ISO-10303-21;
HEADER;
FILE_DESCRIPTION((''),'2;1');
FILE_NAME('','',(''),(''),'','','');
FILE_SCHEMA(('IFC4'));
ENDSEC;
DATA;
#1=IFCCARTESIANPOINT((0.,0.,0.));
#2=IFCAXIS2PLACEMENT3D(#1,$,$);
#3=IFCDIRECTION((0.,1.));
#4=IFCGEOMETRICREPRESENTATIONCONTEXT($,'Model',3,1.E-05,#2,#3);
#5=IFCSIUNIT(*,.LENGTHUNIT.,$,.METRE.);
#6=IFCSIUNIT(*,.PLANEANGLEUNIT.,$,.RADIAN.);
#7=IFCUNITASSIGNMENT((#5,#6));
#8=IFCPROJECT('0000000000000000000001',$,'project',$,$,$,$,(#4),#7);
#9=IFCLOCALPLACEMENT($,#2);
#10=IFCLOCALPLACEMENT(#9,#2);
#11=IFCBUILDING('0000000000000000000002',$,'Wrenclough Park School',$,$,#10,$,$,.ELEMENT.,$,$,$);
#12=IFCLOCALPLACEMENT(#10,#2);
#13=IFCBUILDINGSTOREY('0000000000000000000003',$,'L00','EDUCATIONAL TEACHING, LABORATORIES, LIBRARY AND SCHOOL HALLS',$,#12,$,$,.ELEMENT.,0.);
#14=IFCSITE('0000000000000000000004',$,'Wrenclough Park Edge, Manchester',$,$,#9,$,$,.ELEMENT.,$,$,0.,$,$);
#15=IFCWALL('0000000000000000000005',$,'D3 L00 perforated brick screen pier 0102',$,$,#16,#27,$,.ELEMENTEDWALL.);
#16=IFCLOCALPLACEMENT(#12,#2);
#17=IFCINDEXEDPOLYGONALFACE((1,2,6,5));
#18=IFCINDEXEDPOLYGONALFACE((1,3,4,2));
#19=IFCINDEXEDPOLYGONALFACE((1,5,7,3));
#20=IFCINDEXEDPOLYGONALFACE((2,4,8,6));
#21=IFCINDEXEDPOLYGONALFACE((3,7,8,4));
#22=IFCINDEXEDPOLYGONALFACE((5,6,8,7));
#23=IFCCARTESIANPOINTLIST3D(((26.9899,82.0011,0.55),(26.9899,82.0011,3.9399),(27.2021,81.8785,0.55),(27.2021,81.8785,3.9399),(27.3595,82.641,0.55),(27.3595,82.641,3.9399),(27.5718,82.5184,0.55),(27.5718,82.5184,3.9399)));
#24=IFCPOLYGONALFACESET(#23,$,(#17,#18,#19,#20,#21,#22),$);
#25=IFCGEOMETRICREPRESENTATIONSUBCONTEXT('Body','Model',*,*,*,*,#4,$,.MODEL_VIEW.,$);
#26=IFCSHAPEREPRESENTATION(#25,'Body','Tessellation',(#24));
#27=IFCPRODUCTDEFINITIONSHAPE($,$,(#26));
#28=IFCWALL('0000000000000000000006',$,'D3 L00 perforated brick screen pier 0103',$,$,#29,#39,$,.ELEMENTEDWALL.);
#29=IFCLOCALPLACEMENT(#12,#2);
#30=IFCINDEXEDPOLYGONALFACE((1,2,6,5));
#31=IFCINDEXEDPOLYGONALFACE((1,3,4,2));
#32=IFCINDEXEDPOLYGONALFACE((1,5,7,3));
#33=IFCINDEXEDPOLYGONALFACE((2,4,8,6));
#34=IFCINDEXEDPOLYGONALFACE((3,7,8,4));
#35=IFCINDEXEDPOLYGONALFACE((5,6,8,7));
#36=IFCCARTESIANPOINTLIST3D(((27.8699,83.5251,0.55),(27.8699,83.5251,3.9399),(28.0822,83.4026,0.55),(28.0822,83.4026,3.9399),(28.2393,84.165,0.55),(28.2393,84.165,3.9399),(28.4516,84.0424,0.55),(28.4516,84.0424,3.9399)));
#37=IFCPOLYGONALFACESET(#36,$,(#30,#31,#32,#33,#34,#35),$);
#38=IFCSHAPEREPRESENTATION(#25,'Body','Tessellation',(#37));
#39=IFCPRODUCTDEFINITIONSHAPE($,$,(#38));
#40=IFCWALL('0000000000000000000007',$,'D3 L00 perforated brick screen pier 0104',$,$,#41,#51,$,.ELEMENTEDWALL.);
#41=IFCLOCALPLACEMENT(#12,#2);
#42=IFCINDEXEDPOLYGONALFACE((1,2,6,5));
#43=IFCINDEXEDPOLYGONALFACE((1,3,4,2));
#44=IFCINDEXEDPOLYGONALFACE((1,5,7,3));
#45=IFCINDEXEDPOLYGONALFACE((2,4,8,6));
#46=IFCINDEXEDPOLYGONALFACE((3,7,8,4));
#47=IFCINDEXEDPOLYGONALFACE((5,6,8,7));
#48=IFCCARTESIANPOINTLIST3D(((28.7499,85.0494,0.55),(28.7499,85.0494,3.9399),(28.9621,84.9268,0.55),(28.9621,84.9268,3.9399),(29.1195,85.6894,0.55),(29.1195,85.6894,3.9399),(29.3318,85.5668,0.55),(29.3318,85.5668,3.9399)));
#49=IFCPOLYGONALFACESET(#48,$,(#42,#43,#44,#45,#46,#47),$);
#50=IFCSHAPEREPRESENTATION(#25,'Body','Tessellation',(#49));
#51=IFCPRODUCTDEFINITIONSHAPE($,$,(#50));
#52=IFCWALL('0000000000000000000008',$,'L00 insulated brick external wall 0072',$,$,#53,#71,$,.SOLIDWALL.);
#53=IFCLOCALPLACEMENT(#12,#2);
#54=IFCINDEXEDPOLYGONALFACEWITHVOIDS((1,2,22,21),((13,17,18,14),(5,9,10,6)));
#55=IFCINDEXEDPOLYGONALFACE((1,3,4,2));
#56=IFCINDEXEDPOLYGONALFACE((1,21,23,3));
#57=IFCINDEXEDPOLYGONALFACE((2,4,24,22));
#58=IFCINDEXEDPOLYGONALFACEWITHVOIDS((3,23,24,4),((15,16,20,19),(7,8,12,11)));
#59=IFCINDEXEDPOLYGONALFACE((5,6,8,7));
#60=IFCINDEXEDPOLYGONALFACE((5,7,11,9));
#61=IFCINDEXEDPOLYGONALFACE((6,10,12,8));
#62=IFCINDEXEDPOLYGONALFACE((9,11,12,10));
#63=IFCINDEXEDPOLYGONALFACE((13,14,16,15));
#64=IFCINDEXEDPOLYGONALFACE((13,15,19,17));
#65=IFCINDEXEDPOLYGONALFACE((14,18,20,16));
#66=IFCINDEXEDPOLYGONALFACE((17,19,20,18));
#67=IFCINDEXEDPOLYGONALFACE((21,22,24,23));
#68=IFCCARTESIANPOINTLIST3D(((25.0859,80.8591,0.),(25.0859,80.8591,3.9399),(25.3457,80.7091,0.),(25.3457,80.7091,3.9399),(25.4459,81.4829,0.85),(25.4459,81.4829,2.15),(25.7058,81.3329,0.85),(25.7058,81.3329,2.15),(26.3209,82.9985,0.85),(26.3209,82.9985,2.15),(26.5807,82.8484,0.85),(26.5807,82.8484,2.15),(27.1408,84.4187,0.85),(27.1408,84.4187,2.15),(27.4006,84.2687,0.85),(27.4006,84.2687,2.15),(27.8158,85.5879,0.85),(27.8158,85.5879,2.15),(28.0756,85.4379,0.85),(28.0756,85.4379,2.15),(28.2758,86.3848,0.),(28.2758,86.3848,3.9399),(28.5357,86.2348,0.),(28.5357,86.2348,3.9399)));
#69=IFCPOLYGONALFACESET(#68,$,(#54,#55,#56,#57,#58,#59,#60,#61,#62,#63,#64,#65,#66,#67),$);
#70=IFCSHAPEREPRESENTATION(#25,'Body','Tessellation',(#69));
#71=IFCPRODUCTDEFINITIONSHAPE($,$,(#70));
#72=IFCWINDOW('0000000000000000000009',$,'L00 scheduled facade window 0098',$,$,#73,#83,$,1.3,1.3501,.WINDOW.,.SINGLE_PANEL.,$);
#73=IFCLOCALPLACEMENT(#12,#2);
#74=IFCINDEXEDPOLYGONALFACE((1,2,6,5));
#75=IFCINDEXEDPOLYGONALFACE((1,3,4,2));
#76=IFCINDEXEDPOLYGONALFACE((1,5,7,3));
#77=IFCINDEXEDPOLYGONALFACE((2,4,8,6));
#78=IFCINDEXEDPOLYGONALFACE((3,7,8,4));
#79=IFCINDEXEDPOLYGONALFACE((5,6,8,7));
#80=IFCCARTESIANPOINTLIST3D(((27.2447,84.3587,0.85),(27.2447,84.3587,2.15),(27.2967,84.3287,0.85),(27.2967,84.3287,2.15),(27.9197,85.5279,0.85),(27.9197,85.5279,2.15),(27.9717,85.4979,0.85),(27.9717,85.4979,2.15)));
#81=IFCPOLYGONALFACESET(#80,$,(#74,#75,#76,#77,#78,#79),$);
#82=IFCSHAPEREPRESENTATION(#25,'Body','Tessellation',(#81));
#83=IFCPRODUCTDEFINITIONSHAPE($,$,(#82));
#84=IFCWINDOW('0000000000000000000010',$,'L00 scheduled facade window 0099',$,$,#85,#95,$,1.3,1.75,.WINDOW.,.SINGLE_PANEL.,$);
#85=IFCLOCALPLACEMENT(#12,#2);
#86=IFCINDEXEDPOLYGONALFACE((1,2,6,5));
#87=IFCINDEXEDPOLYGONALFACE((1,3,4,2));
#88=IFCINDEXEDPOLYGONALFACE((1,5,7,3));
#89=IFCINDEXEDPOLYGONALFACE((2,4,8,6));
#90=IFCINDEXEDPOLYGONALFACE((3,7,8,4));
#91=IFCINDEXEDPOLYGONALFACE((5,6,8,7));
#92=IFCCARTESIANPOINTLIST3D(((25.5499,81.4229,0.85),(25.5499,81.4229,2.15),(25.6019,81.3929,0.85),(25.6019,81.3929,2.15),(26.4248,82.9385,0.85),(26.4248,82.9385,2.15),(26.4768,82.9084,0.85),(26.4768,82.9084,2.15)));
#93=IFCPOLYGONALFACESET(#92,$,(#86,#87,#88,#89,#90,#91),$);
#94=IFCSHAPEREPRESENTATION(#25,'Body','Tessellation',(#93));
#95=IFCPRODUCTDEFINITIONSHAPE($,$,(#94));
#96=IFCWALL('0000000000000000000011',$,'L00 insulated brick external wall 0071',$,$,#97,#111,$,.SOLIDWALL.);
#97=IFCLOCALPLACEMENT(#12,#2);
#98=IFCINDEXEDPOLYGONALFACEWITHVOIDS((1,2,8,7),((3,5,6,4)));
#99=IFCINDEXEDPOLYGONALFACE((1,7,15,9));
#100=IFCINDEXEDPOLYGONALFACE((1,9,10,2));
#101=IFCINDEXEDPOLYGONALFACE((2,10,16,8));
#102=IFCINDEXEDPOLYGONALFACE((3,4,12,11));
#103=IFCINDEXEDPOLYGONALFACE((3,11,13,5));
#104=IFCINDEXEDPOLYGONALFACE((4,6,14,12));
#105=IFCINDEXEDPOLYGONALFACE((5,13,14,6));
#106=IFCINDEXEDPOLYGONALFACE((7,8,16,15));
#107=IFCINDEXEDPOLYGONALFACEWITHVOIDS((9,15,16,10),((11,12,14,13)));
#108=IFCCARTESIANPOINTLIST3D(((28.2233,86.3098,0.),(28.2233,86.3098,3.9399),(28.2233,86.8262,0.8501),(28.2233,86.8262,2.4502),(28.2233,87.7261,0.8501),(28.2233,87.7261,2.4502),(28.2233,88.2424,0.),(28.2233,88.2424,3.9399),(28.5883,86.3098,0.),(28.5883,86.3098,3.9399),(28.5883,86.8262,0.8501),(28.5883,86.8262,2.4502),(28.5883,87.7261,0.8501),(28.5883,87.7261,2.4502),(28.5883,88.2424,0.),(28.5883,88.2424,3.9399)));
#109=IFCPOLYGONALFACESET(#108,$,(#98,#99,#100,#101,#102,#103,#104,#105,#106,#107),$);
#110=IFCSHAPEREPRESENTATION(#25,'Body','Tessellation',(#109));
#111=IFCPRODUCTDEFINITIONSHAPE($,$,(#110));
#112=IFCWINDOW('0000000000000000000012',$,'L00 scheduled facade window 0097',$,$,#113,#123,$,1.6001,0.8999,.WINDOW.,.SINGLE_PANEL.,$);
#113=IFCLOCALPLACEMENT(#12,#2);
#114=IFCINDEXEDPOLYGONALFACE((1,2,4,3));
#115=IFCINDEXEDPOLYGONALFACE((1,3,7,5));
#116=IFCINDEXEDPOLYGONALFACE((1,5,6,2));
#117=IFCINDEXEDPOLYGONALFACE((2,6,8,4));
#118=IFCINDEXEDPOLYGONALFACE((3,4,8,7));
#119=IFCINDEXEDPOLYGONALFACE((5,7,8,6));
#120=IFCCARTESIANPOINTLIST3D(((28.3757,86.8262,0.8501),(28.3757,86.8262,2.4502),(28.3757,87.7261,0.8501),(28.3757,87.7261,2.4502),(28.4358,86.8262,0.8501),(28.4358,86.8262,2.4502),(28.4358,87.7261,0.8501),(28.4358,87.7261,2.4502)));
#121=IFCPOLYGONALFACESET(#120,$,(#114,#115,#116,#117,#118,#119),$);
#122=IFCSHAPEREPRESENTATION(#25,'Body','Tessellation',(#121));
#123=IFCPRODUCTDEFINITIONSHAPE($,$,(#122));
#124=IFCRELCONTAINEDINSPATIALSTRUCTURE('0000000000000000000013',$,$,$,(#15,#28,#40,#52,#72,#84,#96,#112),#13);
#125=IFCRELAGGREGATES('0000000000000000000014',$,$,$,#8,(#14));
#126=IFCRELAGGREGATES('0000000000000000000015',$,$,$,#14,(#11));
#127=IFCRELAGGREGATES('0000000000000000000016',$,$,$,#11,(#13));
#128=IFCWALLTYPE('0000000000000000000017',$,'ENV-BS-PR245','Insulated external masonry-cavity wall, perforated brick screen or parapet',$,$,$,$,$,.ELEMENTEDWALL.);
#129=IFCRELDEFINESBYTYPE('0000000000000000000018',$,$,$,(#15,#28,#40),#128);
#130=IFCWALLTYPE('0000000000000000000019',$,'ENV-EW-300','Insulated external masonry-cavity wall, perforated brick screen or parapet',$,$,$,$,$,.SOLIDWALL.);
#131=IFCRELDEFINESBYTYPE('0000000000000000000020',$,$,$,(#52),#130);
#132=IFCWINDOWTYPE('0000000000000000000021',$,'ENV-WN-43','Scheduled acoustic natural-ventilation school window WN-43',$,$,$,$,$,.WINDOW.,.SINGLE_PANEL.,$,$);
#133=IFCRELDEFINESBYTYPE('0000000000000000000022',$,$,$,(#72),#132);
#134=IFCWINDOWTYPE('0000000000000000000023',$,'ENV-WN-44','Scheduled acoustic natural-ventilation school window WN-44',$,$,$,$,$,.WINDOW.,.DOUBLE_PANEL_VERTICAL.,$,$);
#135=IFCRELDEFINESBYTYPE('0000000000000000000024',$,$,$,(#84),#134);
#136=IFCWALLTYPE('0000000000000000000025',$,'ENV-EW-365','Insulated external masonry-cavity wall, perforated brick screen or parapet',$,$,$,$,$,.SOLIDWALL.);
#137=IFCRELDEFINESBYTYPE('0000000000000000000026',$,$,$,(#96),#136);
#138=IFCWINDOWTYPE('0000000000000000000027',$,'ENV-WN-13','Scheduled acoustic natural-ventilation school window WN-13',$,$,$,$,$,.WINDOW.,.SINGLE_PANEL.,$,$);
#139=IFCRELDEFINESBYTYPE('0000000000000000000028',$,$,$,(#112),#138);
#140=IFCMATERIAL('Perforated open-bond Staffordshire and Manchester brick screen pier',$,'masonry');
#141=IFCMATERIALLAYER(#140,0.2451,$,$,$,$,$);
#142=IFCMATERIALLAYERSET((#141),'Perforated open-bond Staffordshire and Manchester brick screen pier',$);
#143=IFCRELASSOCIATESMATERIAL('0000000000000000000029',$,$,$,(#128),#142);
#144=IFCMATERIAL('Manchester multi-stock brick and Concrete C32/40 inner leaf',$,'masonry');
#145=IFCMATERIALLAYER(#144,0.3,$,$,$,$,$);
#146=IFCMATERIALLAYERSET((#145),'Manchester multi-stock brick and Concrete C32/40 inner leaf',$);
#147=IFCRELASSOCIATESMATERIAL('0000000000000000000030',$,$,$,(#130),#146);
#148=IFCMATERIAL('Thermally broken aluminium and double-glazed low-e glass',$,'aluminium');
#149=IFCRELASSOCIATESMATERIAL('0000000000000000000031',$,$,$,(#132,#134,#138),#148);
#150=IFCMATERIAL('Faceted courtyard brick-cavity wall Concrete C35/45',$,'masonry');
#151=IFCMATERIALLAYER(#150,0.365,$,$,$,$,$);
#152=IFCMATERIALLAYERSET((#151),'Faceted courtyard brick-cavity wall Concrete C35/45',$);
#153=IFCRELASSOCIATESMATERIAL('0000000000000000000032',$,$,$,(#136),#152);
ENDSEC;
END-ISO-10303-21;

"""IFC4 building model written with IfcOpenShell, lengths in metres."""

from ifc_helpers import new_model, si_unit, direction, frame, frame_2d, origin, place, context, subcontext, project, spatial, rectangle, extrude, material, layer, layer_set, type_object, element, fill, save


model = new_model("IFC4")

# Units and contexts
model_context = context("Model", 3, precision=1e-05, world=origin(), true_north=direction((0.0, 1.0)))
body_context = subcontext(model_context, "Body", "Model", "MODEL_VIEW")
ifc_project = project(units=[si_unit("LENGTHUNIT", "METRE"), si_unit("PLANEANGLEUNIT", "RADIAN")], contexts=[model_context])

# Site, building, storey
site_placement = place(None, origin())
site = spatial("IfcSite", under=ifc_project, at=site_placement, Name="Wrenclough Park Edge, Manchester", CompositionType="ELEMENT", RefElevation=0.0)
building_placement = place(site_placement, origin())
building = spatial("IfcBuilding", under=site, at=building_placement, Name="Wrenclough Park School", CompositionType="ELEMENT")
storey_placement = place(building_placement, origin())
storey = spatial("IfcBuildingStorey", under=building, at=storey_placement, Name="L00", Description="EDUCATIONAL TEACHING, LABORATORIES, LIBRARY AND SCHOOL HALLS", CompositionType="ELEMENT", Elevation=0.0)

# Walls
ifc_material_1 = material(Name="Perforated open-bond Staffordshire and Manchester brick screen pier", Category="masonry")
ifc_layer_1 = layer(ifc_material_1, 0.2451)
ifc_layer_set_1 = layer_set([ifc_layer_1], Name="Perforated open-bond Staffordshire and Manchester brick screen pier")
wall_type_1 = type_object("IfcWallType", Name="ENV-BS-PR245", Description="Insulated external masonry-cavity wall, perforated brick screen or parapet", PredefinedType="ELEMENTEDWALL", material=ifc_layer_set_1)
wall_1_placement = place(storey_placement, frame((27.0959, 81.9397, 0.55), z_axis=(0.0, 0.0, 1.0), x_axis=(0.50019, 0.865916, 0.0)))
element("IfcWall", 1, at=wall_1_placement, inside=storey, type_object=wall_type_1, Name="D3 L00 perforated brick screen pier 0102", PredefinedType="ELEMENTEDWALL", context=body_context, shape_type="SweptSolid", body=[
    extrude(rectangle(XDim=0.739, YDim=0.2451, at=frame_2d((0.3696, 0.0))), origin(), (0.0, 0.0, 1.0), 3.3899),
])
wall_2_placement = place(storey_placement, frame((27.9761, 83.4639, 0.55), z_axis=(0.0, 0.0, 1.0), x_axis=(0.499942, 0.866059, 0.0)))
element("IfcWall", 2, at=wall_2_placement, inside=storey, type_object=wall_type_1, Name="D3 L00 perforated brick screen pier 0103", PredefinedType="ELEMENTEDWALL", context=body_context, shape_type="SweptSolid", body=[
    extrude(rectangle(XDim=0.7388, YDim=0.2451, at=frame_2d((0.3694, 0.0))), origin(), (0.0, 0.0, 1.0), 3.3899),
])
wall_3_placement = place(storey_placement, frame((28.856, 84.988, 0.55), z_axis=(0.0, 0.0, 1.0), x_axis=(0.50019, 0.865916, 0.0)))
element("IfcWall", 3, at=wall_3_placement, inside=storey, type_object=wall_type_1, Name="D3 L00 perforated brick screen pier 0104", PredefinedType="ELEMENTEDWALL", context=body_context, shape_type="SweptSolid", body=[
    extrude(rectangle(XDim=0.739, YDim=0.2451, at=frame_2d((0.3696, 0.0))), origin(), (0.0, 0.0, 1.0), 3.3899),
])

# Wall, openings, windows
ifc_material_2 = material(Name="Manchester multi-stock brick and Concrete C32/40 inner leaf", Category="masonry")
ifc_layer_2 = layer(ifc_material_2, 0.3)
ifc_layer_set_2 = layer_set([ifc_layer_2], Name="Manchester multi-stock brick and Concrete C32/40 inner leaf")
wall_type_2 = type_object("IfcWallType", Name="ENV-EW-300", Description="Insulated external masonry-cavity wall, perforated brick screen or parapet", PredefinedType="SOLIDWALL", material=ifc_layer_set_2)
wall_4_placement = place(storey_placement, frame((28.4058, 86.3098, 0.0), z_axis=(0.0, 0.0, 1.0), x_axis=(-0.499966, -0.866045, 0.0)))
wall_4 = element("IfcWall", 4, at=wall_4_placement, inside=storey, type_object=wall_type_2, Name="L00 insulated brick external wall 0072", PredefinedType="SOLIDWALL", context=body_context, shape_type="SweptSolid", body=[
    extrude(rectangle(XDim=6.3804, YDim=0.3, at=frame_2d((3.1902, 0.0))), origin(), (0.0, 0.0, 1.0), 3.9399),
])
opening_1_placement = place(wall_4_placement, frame((0.9202, 0.0, 0.8501)))
opening_1 = element("IfcOpeningElement", 5, at=opening_1_placement, cuts=wall_4, PredefinedType="OPENING", context=body_context, shape_type="SweptSolid", body=[
    extrude(rectangle(XDim=1.3501, YDim=1.3, at=frame_2d((0.675, 0.6499))), frame((0.0, 0.1599, 0.0), z_axis=(0.0, -1.0, 0.0), x_axis=(1.0, 0.0, 0.0)), (0.0, 0.0, 1.0), 0.3201),
])
opening_2_placement = place(wall_4_placement, frame((3.9102, 0.0, 0.8501)))
opening_2 = element("IfcOpeningElement", 6, at=opening_2_placement, cuts=wall_4, PredefinedType="OPENING", context=body_context, shape_type="SweptSolid", body=[
    extrude(rectangle(XDim=1.75, YDim=1.3, at=frame_2d((0.875, 0.6499))), frame((0.0, 0.1599, 0.0), z_axis=(0.0, -1.0, 0.0), x_axis=(1.0, 0.0, 0.0)), (0.0, 0.0, 1.0), 0.3201),
])
ifc_material_3 = material(Name="Thermally broken aluminium and double-glazed low-e glass", Category="aluminium")
window_type_1 = type_object("IfcWindowType", Name="ENV-WN-43", Description="Scheduled acoustic natural-ventilation school window WN-43", PartitioningType="SINGLE_PANEL", PredefinedType="WINDOW", material=ifc_material_3)
window_1_placement = place(opening_1_placement, origin())
window_1 = element("IfcWindow", 7, at=window_1_placement, inside=storey, type_object=window_type_1, Name="L00 scheduled facade window 0098", OverallHeight=1.3, OverallWidth=1.3501, PartitioningType="SINGLE_PANEL", PredefinedType="WINDOW", context=body_context, shape_type="SweptSolid", body=[
    extrude(rectangle(XDim=1.3501, YDim=1.3, at=frame_2d((0.675, 0.6499))), frame((0.0, 0.03, 0.0), z_axis=(0.0, -1.0, 0.0), x_axis=(1.0, 0.0, 0.0)), (0.0, 0.0, 1.0), 0.0601),
])
fill(opening_1, window_1)
window_type_2 = type_object("IfcWindowType", Name="ENV-WN-44", Description="Scheduled acoustic natural-ventilation school window WN-44", PartitioningType="DOUBLE_PANEL_VERTICAL", PredefinedType="WINDOW", material=ifc_material_3)
window_2_placement = place(opening_2_placement, origin())
window_2 = element("IfcWindow", 8, at=window_2_placement, inside=storey, type_object=window_type_2, Name="L00 scheduled facade window 0099", OverallHeight=1.3, OverallWidth=1.75, PartitioningType="SINGLE_PANEL", PredefinedType="WINDOW", context=body_context, shape_type="SweptSolid", body=[
    extrude(rectangle(XDim=1.75, YDim=1.3, at=frame_2d((0.875, 0.6499))), frame((0.0, 0.03, 0.0), z_axis=(0.0, -1.0, 0.0), x_axis=(1.0, 0.0, 0.0)), (0.0, 0.0, 1.0), 0.0601),
])
fill(opening_2, window_2)

# Wall, opening, window
ifc_material_4 = material(Name="Faceted courtyard brick-cavity wall Concrete C35/45", Category="masonry")
ifc_layer_3 = layer(ifc_material_4, 0.365)
ifc_layer_set_3 = layer_set([ifc_layer_3], Name="Faceted courtyard brick-cavity wall Concrete C35/45")
wall_type_3 = type_object("IfcWallType", Name="ENV-EW-365", Description="Insulated external masonry-cavity wall, perforated brick screen or parapet", PredefinedType="SOLIDWALL", material=ifc_layer_set_3)
wall_5_placement = place(storey_placement, frame((28.4058, 88.2424, 0.0), z_axis=(0.0, 0.0, 1.0), x_axis=(0.0, -1.0, 0.0)))
wall_5 = element("IfcWall", 9, at=wall_5_placement, inside=storey, type_object=wall_type_3, Name="L00 insulated brick external wall 0071", PredefinedType="SOLIDWALL", context=body_context, shape_type="SweptSolid", body=[
    extrude(rectangle(XDim=1.9326, YDim=0.365, at=frame_2d((0.9663, 0.0))), origin(), (0.0, 0.0, 1.0), 3.9399),
])
opening_3_placement = place(wall_5_placement, frame((0.5164, 0.0, 0.8501)))
opening_3 = element("IfcOpeningElement", 10, at=opening_3_placement, cuts=wall_5, PredefinedType="OPENING", context=body_context, shape_type="SweptSolid", body=[
    extrude(rectangle(XDim=0.8999, YDim=1.6001, at=frame_2d((0.45, 0.8))), frame((0.0, 0.1924, 0.0), z_axis=(0.0, -1.0, 0.0), x_axis=(1.0, 0.0, 0.0)), (0.0, 0.0, 1.0), 0.385),
])
window_type_3 = type_object("IfcWindowType", Name="ENV-WN-13", Description="Scheduled acoustic natural-ventilation school window WN-13", PartitioningType="SINGLE_PANEL", PredefinedType="WINDOW", material=ifc_material_3)
window_3_placement = place(opening_3_placement, origin())
window_3 = element("IfcWindow", 11, at=window_3_placement, inside=storey, type_object=window_type_3, Name="L00 scheduled facade window 0097", OverallHeight=1.6001, OverallWidth=0.8999, PartitioningType="SINGLE_PANEL", PredefinedType="WINDOW", context=body_context, shape_type="SweptSolid", body=[
    extrude(rectangle(XDim=0.8999, YDim=1.6001, at=frame_2d((0.45, 0.8))), frame((0.0, 0.03, 0.0), z_axis=(0.0, -1.0, 0.0), x_axis=(1.0, 0.0, 0.0)), (0.0, 0.0, 1.0), 0.0601),
])
fill(opening_3, window_3)

save(model, "model.ifc")
